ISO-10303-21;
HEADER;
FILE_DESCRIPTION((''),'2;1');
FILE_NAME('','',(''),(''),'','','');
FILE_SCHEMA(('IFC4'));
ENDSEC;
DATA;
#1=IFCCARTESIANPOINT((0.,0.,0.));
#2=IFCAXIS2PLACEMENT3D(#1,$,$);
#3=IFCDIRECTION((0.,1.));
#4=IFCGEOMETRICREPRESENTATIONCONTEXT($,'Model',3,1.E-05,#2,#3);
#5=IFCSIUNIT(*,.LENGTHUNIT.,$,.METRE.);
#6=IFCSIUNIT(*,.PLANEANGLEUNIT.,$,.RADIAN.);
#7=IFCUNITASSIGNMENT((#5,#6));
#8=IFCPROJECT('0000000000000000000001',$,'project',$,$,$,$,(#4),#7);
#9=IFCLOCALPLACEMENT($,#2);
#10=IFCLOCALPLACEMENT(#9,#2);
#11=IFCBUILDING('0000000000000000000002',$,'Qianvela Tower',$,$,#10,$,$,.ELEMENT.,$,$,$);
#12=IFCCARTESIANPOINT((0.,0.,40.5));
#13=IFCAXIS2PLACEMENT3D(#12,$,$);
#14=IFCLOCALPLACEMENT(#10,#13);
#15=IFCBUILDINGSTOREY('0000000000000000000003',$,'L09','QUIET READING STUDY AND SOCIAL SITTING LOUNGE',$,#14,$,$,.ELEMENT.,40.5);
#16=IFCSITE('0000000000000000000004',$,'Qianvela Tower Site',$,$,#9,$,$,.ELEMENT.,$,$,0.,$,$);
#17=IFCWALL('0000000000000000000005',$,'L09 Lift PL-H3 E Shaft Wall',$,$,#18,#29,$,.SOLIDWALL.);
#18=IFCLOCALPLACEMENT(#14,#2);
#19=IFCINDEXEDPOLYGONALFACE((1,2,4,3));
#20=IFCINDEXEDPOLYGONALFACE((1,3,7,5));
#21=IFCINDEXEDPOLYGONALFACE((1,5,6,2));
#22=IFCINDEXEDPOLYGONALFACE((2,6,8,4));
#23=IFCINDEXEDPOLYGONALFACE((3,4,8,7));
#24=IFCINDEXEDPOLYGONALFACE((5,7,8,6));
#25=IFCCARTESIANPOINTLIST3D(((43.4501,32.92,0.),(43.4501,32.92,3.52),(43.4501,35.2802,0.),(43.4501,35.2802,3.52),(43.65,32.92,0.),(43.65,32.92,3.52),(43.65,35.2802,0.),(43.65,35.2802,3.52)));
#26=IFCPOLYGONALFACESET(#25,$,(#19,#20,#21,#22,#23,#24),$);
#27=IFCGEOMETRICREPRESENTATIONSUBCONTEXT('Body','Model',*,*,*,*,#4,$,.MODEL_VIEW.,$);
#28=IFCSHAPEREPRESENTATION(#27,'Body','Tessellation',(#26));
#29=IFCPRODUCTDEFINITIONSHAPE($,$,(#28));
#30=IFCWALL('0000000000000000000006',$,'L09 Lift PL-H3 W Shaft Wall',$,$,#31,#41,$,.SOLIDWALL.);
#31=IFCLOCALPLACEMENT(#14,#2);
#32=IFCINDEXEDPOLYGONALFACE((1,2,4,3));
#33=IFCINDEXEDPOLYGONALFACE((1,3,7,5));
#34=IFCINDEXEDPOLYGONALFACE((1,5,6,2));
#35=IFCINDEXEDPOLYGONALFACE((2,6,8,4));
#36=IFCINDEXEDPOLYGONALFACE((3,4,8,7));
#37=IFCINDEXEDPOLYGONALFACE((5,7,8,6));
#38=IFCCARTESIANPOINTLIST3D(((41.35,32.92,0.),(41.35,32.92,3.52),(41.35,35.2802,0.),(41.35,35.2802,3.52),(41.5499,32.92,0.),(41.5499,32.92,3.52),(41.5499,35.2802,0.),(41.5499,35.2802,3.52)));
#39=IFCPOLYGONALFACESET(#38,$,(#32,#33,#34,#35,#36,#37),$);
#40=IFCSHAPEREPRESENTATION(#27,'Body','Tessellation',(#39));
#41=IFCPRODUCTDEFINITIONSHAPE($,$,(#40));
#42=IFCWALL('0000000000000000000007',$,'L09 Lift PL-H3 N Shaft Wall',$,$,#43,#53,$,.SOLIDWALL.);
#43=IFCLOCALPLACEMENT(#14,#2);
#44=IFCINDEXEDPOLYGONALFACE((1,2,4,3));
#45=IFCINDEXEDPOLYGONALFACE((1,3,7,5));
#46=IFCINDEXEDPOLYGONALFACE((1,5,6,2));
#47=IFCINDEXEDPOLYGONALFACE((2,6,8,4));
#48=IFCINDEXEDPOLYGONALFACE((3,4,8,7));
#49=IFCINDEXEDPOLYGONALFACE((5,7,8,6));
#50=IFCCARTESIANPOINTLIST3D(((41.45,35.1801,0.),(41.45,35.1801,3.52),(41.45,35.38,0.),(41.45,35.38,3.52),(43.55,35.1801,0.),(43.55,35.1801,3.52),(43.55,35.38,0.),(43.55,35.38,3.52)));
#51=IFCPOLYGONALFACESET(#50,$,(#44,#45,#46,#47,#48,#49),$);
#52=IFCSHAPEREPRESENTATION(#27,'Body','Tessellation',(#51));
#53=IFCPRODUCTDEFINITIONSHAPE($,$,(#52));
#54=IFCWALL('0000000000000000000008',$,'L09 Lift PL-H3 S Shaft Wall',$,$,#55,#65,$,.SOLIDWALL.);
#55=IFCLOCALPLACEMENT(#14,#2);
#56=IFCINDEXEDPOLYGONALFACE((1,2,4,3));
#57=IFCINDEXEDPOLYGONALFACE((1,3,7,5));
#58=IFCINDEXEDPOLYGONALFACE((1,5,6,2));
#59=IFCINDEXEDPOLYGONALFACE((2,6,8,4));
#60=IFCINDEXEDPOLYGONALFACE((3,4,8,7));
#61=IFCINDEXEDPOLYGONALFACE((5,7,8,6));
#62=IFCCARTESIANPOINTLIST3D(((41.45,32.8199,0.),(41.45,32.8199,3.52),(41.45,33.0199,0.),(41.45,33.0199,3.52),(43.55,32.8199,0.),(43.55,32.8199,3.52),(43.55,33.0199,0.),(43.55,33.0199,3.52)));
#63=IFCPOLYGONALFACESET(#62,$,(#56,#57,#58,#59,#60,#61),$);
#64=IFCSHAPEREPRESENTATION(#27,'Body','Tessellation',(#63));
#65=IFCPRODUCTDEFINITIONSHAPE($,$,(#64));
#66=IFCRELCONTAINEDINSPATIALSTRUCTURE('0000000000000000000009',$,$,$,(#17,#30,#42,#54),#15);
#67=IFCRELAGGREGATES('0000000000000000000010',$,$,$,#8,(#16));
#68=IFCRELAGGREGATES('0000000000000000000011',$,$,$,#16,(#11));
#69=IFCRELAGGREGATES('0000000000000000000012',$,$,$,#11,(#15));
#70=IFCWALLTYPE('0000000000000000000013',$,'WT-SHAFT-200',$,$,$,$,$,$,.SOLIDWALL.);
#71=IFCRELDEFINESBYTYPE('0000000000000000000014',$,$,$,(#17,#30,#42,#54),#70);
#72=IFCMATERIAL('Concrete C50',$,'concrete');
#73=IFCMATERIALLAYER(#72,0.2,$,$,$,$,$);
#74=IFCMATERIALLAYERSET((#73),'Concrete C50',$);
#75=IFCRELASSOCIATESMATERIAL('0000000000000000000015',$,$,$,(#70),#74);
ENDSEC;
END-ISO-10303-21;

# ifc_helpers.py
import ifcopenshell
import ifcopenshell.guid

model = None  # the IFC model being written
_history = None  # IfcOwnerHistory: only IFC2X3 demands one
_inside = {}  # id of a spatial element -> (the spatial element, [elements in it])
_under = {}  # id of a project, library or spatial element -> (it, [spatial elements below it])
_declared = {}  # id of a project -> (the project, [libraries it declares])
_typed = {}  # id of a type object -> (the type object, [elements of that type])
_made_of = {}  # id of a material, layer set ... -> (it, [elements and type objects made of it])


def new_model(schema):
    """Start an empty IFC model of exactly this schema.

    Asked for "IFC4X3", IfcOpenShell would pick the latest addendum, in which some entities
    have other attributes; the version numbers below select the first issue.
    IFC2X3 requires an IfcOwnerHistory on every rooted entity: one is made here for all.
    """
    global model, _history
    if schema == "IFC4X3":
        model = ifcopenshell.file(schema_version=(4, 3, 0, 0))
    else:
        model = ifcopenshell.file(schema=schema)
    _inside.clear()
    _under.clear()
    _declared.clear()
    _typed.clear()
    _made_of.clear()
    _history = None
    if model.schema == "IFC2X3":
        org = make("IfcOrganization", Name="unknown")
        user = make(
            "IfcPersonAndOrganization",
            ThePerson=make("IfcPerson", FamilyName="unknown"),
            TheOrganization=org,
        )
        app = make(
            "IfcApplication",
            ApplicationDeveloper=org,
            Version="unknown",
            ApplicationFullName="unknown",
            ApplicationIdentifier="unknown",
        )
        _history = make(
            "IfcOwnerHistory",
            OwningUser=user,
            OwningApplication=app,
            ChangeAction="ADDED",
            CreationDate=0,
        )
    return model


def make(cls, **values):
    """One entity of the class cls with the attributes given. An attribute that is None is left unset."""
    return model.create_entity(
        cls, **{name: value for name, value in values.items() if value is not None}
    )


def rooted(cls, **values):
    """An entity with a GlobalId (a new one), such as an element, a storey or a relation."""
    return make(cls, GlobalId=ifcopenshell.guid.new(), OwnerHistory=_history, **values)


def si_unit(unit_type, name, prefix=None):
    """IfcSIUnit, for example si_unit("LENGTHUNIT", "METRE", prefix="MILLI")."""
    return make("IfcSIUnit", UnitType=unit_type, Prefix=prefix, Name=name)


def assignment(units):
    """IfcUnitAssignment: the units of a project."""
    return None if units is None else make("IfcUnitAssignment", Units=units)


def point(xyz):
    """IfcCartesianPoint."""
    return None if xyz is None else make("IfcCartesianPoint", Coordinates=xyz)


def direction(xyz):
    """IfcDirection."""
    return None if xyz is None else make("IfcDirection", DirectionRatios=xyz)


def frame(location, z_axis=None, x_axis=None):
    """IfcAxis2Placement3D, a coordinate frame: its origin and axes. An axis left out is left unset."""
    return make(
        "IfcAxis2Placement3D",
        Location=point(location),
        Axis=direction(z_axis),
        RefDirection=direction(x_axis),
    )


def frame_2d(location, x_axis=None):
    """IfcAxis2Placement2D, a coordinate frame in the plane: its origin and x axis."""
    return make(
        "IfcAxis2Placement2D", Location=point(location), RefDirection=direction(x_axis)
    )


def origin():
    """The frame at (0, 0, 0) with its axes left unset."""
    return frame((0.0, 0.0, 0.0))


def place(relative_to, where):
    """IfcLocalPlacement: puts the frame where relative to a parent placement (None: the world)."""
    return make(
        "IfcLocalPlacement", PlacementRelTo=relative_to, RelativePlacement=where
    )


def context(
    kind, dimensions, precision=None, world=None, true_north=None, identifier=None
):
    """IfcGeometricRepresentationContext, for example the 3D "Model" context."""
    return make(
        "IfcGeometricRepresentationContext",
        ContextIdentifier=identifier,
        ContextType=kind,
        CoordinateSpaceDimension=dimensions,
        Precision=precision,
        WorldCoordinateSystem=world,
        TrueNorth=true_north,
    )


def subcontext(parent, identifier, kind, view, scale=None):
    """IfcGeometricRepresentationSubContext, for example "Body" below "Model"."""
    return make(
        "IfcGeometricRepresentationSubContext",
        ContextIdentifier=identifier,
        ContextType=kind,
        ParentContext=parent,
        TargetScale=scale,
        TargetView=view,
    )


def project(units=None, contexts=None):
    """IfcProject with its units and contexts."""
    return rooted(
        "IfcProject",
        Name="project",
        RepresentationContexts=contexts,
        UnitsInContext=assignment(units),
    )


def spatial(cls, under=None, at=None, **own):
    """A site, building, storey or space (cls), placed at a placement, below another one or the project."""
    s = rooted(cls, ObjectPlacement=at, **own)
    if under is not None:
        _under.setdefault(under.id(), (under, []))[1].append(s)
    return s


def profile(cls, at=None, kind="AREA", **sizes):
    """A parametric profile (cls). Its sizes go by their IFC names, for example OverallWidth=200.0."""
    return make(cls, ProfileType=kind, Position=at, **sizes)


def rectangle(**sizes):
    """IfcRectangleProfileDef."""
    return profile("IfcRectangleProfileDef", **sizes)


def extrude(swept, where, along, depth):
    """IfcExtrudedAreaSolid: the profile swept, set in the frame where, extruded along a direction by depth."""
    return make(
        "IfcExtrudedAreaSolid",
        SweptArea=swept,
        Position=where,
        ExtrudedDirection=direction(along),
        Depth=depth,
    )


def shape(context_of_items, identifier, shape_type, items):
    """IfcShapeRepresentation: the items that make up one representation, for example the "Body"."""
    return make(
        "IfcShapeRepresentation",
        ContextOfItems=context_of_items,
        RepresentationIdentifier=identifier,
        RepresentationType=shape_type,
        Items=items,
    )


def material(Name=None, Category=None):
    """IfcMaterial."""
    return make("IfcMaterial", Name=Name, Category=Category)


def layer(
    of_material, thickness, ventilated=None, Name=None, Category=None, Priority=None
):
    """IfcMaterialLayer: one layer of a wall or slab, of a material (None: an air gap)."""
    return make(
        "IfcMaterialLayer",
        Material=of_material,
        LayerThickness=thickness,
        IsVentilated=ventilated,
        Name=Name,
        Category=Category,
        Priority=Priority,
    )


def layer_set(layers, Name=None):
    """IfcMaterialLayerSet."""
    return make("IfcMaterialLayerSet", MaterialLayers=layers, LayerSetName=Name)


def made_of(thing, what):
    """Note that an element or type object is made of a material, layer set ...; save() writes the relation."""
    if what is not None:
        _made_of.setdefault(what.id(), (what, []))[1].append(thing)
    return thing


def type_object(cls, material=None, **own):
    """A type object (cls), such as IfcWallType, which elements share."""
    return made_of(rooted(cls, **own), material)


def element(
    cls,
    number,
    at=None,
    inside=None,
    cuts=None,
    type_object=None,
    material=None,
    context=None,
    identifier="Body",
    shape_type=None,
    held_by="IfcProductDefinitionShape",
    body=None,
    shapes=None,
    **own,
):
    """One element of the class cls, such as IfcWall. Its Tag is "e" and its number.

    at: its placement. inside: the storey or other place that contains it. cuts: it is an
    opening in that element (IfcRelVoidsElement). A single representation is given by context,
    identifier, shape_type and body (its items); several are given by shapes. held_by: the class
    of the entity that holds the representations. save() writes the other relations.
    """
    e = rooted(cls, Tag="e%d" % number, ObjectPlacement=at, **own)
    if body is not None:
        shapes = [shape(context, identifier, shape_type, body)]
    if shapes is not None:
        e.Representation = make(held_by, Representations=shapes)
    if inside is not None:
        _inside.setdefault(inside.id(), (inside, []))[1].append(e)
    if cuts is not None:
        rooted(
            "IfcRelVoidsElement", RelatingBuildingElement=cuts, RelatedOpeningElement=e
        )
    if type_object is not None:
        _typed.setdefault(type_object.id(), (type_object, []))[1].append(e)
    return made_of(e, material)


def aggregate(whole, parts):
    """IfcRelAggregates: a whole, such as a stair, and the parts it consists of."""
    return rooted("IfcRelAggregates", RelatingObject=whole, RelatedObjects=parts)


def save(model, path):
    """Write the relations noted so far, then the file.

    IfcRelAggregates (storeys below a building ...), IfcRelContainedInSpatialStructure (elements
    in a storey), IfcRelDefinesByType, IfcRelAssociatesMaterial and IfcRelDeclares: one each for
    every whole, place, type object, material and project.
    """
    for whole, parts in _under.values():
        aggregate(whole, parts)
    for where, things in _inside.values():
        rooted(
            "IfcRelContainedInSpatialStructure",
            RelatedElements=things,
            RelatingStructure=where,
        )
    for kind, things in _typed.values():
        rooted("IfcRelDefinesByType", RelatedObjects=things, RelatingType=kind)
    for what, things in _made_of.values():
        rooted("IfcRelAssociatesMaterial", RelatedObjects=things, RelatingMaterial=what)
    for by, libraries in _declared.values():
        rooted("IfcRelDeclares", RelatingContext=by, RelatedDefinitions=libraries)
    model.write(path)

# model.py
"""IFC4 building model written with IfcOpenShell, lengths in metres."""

from ifc_helpers import new_model, si_unit, direction, frame, frame_2d, origin, place, context, subcontext, project, spatial, rectangle, extrude, material, layer, layer_set, type_object, element, save


model = new_model("IFC4")

# Units and contexts
model_context = context("Model", 3, precision=1e-05, world=origin(), true_north=direction((0.0, 1.0)))
body_context = subcontext(model_context, "Body", "Model", "MODEL_VIEW")
ifc_project = project(units=[si_unit("LENGTHUNIT", "METRE"), si_unit("PLANEANGLEUNIT", "RADIAN")], contexts=[model_context])

# Site, building, storey
site_placement = place(None, origin())
site = spatial("IfcSite", under=ifc_project, at=site_placement, Name="Qianvela Tower Site", CompositionType="ELEMENT", RefElevation=0.0)
building_placement = place(site_placement, origin())
building = spatial("IfcBuilding", under=site, at=building_placement, Name="Qianvela Tower", CompositionType="ELEMENT")
storey_placement = place(building_placement, frame((0.0, 0.0, 40.5)))
storey = spatial("IfcBuildingStorey", under=building, at=storey_placement, Name="L09", Description="QUIET READING STUDY AND SOCIAL SITTING LOUNGE", CompositionType="ELEMENT", Elevation=40.5)

# Walls
ifc_material_1 = material(Name="Concrete C50", Category="concrete")
ifc_layer_1 = layer(ifc_material_1, 0.2)
ifc_layer_set_1 = layer_set([ifc_layer_1], Name="Concrete C50")
wall_type_1 = type_object("IfcWallType", Name="WT-SHAFT-200", PredefinedType="SOLIDWALL", material=ifc_layer_set_1)
for number, where, z_axis, x_axis, name in (
    (1, (43.55, 32.9199, 0.0), (0.0, 0.0, 1.0), (0.0, 1.0, 0.0), "L09 Lift PL-H3 E Shaft Wall"),
    (2, (41.45, 32.9199, 0.0), (0.0, 0.0, 1.0), (0.0, 1.0, 0.0), "L09 Lift PL-H3 W Shaft Wall"),
):
    element("IfcWall", number, at=place(storey_placement, frame(where, z_axis=z_axis, x_axis=x_axis)), inside=storey, type_object=wall_type_1, Name=name, PredefinedType="SOLIDWALL", context=body_context, shape_type="SweptSolid", body=[
        extrude(rectangle(XDim=2.3601, YDim=0.2, at=frame_2d((1.1802, 0.0))), origin(), (0.0, 0.0, 1.0), 3.52),
    ])
for number, where, z_axis, x_axis, name in (
    (3, (41.45, 35.28, 0.0), (0.0, 0.0, 1.0), (1.0, 0.0, 0.0), "L09 Lift PL-H3 N Shaft Wall"),
    (4, (41.45, 32.9199, 0.0), (0.0, 0.0, 1.0), (1.0, 0.0, 0.0), "L09 Lift PL-H3 S Shaft Wall"),
):
    element("IfcWall", number, at=place(storey_placement, frame(where, z_axis=z_axis, x_axis=x_axis)), inside=storey, type_object=wall_type_1, Name=name, PredefinedType="SOLIDWALL", context=body_context, shape_type="SweptSolid", body=[
        extrude(rectangle(XDim=2.1001, YDim=0.2, at=frame_2d((1.05, 0.0))), origin(), (0.0, 0.0, 1.0), 3.52),
    ])

save(model, "model.ifc")
